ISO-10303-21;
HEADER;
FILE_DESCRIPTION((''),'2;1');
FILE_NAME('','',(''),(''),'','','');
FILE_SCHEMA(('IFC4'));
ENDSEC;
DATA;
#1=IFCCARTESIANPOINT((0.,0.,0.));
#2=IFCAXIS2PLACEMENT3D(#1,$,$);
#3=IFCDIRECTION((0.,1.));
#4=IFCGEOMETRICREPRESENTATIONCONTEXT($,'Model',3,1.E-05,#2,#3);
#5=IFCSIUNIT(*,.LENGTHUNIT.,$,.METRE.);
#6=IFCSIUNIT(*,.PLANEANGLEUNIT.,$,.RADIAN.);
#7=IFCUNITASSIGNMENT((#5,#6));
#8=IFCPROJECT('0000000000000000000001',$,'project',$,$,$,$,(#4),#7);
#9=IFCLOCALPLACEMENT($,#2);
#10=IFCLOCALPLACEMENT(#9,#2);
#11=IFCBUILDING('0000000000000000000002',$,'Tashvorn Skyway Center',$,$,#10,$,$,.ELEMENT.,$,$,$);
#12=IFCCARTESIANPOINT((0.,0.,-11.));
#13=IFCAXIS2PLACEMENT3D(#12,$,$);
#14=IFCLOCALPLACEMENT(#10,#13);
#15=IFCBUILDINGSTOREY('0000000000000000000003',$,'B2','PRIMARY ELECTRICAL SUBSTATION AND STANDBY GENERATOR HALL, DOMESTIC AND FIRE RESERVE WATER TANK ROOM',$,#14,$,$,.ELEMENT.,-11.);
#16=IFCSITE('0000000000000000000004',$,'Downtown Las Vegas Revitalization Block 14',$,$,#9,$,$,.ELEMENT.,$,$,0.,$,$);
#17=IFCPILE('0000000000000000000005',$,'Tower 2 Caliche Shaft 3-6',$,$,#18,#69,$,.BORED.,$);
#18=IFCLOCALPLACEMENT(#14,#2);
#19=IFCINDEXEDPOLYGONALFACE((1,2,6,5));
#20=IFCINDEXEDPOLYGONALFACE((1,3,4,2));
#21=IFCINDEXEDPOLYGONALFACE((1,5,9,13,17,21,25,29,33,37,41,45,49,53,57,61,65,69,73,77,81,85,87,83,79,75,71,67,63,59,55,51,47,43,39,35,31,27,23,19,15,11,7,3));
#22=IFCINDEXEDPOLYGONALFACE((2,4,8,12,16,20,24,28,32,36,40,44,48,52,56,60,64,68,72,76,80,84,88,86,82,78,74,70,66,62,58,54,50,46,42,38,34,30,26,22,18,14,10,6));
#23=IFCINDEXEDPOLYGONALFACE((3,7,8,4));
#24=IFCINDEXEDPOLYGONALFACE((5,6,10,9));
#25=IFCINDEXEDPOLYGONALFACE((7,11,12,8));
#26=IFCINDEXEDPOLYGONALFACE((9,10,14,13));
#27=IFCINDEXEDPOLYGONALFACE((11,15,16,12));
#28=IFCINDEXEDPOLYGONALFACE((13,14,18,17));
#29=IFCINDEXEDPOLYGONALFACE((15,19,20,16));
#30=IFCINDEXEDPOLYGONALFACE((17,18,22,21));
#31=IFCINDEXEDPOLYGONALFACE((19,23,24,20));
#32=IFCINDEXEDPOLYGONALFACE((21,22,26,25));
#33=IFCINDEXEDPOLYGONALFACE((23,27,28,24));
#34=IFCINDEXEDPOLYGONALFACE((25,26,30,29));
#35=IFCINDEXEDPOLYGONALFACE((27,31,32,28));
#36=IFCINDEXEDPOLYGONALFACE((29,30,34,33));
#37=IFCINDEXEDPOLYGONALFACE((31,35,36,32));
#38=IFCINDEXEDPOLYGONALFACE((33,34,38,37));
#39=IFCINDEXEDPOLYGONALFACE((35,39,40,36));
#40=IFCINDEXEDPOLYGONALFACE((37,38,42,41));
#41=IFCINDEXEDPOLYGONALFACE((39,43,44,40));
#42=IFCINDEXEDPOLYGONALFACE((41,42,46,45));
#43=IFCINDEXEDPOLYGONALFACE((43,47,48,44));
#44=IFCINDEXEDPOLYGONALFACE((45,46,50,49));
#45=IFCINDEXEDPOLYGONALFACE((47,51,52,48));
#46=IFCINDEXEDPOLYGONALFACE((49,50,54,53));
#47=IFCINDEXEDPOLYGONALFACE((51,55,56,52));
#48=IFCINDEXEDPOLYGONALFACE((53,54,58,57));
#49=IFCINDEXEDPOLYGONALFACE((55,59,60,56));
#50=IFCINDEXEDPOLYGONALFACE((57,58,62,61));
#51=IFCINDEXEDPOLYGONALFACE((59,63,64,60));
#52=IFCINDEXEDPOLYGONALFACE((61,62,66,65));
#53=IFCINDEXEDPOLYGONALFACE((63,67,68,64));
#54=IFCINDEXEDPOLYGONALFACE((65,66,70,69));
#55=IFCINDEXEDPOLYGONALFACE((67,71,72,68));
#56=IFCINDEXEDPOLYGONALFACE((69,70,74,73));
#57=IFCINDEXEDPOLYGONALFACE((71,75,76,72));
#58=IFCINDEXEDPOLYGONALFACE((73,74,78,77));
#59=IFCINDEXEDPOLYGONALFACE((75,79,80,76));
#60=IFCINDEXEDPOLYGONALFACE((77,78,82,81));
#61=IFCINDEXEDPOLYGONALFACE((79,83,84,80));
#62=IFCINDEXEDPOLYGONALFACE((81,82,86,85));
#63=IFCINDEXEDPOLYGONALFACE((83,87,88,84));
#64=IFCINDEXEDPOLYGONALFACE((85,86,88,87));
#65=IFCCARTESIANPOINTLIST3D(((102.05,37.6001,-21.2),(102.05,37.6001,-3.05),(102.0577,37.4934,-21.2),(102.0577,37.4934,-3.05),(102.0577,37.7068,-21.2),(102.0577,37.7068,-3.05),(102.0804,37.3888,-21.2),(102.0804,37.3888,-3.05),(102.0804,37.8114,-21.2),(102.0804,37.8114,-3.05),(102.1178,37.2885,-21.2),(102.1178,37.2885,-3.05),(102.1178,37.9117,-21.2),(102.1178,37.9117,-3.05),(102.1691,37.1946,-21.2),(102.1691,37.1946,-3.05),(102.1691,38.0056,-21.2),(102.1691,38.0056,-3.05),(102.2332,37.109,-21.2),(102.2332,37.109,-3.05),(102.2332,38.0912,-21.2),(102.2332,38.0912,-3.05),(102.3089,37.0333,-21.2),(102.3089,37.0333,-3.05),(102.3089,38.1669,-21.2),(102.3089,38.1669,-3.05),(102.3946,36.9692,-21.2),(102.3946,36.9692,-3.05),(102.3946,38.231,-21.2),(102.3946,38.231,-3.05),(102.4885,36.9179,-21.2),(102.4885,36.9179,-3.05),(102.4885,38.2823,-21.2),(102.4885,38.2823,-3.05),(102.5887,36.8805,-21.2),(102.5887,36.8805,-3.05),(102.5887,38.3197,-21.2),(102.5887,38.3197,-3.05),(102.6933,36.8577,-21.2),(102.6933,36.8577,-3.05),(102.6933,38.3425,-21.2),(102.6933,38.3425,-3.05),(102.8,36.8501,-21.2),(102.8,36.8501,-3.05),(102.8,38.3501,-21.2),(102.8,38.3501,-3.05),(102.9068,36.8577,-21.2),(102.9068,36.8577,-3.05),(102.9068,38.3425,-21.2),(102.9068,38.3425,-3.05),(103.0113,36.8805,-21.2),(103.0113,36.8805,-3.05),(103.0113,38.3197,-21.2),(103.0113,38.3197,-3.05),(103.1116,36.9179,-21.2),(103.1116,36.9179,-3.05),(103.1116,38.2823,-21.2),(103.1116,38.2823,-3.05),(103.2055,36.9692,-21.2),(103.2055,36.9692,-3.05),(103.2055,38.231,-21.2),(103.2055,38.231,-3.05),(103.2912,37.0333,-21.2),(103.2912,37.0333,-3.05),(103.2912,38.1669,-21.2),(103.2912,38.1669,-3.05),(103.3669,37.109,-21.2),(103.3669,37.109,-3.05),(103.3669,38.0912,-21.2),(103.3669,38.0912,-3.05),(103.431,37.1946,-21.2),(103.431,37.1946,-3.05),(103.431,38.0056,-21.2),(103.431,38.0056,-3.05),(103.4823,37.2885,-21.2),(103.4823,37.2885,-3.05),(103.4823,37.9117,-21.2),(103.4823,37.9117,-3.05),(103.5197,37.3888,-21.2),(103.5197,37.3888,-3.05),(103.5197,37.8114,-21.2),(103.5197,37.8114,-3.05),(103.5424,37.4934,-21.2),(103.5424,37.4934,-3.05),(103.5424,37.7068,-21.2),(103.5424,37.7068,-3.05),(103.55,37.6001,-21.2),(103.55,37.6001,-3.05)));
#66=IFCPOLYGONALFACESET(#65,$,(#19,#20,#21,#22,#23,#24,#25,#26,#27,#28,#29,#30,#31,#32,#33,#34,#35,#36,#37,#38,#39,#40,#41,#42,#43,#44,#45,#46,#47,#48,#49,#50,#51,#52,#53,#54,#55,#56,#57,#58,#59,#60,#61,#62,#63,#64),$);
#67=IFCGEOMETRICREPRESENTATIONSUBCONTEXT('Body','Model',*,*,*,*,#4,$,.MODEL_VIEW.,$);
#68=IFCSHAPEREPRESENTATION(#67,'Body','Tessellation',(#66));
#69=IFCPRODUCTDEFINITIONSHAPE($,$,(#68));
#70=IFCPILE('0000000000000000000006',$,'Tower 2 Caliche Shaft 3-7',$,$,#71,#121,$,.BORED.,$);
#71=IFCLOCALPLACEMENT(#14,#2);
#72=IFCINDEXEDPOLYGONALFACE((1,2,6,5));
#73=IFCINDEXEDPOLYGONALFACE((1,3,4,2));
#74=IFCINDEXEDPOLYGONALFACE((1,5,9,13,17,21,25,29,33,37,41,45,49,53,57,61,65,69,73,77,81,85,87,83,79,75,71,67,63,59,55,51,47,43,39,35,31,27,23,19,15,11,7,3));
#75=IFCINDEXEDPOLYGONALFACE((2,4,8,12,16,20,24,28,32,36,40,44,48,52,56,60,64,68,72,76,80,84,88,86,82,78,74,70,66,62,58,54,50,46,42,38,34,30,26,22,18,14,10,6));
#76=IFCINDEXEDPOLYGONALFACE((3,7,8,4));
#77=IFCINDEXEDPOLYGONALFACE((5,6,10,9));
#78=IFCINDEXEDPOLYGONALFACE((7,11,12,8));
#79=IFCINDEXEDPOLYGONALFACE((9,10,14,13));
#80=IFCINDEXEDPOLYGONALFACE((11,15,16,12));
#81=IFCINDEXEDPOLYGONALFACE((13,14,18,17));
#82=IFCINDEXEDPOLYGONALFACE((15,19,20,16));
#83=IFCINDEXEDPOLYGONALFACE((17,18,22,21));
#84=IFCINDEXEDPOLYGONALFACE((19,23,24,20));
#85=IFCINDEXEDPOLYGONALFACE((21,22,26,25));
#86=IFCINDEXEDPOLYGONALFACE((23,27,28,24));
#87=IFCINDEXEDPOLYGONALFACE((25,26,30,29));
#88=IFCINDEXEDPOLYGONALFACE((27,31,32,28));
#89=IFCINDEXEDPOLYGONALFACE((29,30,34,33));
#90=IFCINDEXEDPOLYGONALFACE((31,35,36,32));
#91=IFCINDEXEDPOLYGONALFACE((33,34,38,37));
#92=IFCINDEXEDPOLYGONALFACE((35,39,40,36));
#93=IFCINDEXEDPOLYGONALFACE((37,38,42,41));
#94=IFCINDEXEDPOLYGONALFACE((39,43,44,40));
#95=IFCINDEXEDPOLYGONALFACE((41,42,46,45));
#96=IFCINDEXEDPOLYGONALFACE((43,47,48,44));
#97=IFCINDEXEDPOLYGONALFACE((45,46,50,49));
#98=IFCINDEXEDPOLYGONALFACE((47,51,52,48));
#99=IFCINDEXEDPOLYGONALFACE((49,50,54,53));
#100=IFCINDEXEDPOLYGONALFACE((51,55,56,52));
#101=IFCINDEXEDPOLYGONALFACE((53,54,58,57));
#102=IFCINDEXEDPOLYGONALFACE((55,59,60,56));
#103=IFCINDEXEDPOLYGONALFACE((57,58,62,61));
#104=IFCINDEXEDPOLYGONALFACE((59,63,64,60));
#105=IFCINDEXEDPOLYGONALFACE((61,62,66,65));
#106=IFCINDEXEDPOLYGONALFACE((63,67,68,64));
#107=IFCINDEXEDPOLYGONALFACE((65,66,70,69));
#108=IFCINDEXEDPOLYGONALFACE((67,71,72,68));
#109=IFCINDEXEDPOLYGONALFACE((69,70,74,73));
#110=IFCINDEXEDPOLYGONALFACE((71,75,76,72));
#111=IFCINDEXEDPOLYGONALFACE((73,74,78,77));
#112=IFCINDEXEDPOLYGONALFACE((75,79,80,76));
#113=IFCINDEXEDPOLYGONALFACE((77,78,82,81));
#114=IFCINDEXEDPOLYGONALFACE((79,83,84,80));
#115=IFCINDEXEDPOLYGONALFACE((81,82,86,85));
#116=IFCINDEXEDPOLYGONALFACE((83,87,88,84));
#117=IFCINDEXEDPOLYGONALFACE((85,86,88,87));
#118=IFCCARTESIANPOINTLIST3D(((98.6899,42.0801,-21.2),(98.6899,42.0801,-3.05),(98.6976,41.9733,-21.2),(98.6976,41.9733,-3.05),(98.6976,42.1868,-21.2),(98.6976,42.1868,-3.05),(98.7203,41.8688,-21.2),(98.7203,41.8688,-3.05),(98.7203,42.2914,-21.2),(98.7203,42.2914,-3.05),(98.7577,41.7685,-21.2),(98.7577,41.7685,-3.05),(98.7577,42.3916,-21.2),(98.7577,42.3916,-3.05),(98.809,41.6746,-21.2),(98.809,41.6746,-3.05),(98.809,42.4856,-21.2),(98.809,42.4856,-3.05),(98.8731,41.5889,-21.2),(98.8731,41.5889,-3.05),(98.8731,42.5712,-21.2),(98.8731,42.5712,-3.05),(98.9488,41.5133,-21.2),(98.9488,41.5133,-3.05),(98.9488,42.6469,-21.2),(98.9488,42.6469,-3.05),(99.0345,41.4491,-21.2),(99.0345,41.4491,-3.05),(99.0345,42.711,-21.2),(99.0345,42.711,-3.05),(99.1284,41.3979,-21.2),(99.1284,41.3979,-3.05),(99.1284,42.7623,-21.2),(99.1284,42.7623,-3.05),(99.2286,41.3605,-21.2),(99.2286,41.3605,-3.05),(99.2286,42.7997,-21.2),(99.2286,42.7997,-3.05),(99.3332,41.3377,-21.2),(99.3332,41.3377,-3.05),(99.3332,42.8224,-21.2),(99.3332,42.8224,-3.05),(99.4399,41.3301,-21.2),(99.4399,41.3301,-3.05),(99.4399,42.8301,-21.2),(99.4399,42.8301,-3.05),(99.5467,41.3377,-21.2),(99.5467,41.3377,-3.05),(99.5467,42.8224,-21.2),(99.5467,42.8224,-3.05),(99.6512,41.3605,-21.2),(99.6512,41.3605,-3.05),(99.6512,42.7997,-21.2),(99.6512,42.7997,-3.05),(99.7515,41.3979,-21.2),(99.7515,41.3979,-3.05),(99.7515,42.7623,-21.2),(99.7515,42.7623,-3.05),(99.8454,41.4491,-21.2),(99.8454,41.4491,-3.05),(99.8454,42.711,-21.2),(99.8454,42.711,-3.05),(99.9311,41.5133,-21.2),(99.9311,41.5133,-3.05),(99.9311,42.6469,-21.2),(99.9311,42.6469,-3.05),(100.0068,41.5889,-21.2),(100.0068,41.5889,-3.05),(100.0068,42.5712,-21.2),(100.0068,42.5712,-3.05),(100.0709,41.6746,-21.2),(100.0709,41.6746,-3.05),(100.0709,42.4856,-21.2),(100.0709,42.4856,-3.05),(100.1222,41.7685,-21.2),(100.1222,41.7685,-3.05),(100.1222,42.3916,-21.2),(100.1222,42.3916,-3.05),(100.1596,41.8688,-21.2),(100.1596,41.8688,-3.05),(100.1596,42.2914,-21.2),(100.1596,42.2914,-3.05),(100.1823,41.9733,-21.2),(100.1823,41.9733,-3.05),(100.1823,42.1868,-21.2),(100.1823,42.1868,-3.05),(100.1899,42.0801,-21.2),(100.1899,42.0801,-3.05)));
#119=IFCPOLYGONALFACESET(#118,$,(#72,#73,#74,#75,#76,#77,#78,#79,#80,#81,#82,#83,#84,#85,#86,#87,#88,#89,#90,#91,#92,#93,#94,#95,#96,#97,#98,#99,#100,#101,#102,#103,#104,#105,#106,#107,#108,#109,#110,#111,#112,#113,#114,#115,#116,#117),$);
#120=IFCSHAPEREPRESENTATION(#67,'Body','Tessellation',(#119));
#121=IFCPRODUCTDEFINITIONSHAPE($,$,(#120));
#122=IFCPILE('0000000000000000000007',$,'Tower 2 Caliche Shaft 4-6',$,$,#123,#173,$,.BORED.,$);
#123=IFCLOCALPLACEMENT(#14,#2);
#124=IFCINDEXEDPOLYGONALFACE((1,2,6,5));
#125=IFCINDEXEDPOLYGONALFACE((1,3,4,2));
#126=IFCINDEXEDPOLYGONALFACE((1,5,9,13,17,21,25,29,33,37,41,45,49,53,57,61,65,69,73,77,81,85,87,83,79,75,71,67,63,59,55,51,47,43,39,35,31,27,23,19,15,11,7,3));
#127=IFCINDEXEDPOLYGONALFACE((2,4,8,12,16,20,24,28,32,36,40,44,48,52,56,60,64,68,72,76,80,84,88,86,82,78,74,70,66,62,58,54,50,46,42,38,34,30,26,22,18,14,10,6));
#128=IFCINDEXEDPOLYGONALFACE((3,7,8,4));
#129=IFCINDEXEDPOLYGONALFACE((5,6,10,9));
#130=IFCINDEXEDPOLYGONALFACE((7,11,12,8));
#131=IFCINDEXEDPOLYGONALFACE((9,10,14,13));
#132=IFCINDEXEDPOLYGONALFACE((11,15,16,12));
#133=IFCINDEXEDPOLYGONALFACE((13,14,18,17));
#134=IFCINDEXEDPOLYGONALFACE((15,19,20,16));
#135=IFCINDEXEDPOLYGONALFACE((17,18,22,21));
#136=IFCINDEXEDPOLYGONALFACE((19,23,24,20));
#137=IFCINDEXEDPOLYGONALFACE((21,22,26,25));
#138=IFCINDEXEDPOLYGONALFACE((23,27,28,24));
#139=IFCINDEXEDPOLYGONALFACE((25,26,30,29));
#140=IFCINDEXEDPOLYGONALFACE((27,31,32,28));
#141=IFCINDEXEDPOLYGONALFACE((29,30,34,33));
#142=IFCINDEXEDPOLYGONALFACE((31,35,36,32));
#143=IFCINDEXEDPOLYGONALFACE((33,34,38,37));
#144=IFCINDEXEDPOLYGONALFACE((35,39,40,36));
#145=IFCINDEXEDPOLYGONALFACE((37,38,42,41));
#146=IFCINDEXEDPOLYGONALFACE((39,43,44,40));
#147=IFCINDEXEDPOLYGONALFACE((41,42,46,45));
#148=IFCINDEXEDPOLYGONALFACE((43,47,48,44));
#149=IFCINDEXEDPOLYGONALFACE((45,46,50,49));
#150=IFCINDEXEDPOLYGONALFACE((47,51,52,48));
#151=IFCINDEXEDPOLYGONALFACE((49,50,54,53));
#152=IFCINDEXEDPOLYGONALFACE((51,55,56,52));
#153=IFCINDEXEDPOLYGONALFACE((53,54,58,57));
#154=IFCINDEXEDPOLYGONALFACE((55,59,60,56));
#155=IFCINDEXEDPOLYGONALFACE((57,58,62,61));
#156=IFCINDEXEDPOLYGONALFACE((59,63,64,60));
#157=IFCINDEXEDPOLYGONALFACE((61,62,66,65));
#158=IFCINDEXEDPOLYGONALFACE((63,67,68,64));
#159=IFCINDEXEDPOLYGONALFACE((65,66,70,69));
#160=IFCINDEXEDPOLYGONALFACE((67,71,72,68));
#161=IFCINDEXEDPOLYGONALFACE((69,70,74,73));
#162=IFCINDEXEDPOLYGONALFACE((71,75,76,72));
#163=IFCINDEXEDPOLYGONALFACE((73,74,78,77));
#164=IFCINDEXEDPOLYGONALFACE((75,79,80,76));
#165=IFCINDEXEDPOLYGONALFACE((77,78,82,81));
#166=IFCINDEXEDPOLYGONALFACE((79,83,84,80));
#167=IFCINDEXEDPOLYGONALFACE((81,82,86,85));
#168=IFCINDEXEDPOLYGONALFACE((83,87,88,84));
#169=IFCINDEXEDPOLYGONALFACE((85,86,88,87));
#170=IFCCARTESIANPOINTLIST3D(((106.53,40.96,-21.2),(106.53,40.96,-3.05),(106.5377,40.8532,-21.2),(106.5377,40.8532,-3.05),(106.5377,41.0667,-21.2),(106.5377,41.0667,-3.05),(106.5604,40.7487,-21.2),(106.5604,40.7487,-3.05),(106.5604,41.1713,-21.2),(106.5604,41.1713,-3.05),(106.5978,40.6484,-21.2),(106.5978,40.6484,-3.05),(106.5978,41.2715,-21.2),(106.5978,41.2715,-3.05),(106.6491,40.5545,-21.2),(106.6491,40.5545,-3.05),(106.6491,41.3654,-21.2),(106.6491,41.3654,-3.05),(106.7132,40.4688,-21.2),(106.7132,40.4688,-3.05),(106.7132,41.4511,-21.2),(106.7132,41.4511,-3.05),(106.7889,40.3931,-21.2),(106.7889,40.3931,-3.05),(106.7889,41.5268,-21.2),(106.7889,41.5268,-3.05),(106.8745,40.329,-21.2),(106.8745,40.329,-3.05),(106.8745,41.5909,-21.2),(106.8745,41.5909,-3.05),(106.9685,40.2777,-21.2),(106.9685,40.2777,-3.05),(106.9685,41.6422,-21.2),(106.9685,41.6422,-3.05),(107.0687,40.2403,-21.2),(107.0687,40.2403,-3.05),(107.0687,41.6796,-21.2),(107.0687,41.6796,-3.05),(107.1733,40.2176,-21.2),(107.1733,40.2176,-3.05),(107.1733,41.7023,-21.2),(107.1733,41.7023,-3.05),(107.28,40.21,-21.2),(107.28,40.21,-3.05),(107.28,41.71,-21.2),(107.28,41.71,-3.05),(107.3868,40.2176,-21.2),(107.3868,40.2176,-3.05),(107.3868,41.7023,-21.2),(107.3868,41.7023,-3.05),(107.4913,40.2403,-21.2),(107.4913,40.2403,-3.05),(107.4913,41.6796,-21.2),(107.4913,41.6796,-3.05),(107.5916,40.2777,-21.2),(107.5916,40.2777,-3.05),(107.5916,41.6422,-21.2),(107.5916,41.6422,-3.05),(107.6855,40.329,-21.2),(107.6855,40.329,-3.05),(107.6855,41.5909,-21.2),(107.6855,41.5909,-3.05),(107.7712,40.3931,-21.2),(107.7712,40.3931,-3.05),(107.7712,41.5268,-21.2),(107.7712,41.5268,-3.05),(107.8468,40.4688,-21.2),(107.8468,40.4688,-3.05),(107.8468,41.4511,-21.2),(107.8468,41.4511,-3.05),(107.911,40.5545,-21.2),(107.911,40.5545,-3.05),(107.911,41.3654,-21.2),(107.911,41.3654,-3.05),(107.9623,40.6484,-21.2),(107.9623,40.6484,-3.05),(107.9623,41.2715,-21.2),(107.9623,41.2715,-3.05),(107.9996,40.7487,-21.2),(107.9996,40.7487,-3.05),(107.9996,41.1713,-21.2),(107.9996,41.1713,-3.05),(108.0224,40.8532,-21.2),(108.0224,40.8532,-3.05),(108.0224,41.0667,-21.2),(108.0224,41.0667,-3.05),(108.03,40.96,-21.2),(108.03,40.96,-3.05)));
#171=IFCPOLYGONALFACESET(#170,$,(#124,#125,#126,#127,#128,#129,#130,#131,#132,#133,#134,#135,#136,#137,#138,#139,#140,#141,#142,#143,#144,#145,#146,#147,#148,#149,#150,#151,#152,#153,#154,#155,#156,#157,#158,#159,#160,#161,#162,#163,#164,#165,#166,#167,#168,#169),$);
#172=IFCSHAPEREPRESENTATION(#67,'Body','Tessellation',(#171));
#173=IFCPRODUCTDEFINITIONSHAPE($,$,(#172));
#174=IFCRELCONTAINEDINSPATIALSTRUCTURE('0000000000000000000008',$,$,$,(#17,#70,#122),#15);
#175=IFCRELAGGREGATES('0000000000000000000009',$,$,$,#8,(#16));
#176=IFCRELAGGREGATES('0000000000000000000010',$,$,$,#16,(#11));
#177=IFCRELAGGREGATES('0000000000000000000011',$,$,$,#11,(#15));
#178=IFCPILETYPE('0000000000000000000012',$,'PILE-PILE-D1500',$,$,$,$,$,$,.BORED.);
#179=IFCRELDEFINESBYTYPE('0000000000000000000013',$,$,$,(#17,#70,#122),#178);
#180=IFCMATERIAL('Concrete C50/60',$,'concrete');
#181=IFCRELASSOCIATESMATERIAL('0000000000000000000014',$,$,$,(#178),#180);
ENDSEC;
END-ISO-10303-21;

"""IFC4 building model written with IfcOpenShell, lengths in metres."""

from ifc_helpers import new_model, si_unit, direction, frame, origin, origin_2d, place, context, subcontext, project, spatial, circle, extrude, material, material_profile, profile_set, type_object, element, save


model = new_model("IFC4")

# Units and contexts
model_context = context("Model", 3, precision=1e-05, world=origin(), true_north=direction((0.0, 1.0)))
body_context = subcontext(model_context, "Body", "Model", "MODEL_VIEW")
ifc_project = project(units=[si_unit("LENGTHUNIT", "METRE"), si_unit("PLANEANGLEUNIT", "RADIAN")], contexts=[model_context])

# Site, building, storey
site_placement = place(None, origin())
site = spatial("IfcSite", under=ifc_project, at=site_placement, Name="Downtown Las Vegas Revitalization Block 14", CompositionType="ELEMENT", RefElevation=0.0)
building_placement = place(site_placement, origin())
building = spatial("IfcBuilding", under=site, at=building_placement, Name="Tashvorn Skyway Center", CompositionType="ELEMENT")
storey_placement = place(building_placement, frame((0.0, 0.0, -11.0)))
storey = spatial("IfcBuildingStorey", under=building, at=storey_placement, Name="B2", Description="PRIMARY ELECTRICAL SUBSTATION AND STANDBY GENERATOR HALL, DOMESTIC AND FIRE RESERVE WATER TANK ROOM", CompositionType="ELEMENT", Elevation=-11.0)

# Piles
ifc_material_1 = material(Name="Concrete C50/60", Category="concrete")
ifc_material_profile_1 = material_profile(ifc_material_1, circle(Radius=0.75, at=origin_2d()), Name="PILE-D1500")
ifc_profile_set_1 = profile_set([ifc_material_profile_1], Name="Concrete C50/60")
pile_type = type_object("IfcPileType", Name="PILE-PILE-D1500", PredefinedType="BORED", material=ifc_profile_set_1)
for number, where, z_axis, x_axis, name in (
    (1, (102.8, 37.6001, -3.05), (0.0, 0.0, -1.0), (1.0, 0.0, 0.0), "Tower 2 Caliche Shaft 3-6"),
    (2, (99.4399, 42.0801, -3.05), (0.0, 0.0, -1.0), (1.0, 0.0, 0.0), "Tower 2 Caliche Shaft 3-7"),
    (3, (107.28, 40.96, -3.05), (0.0, 0.0, -1.0), (1.0, 0.0, 0.0), "Tower 2 Caliche Shaft 4-6"),
):
    element("IfcPile", number, at=place(storey_placement, frame(where, z_axis=z_axis, x_axis=x_axis)), inside=storey, type_object=pile_type, Name=name, PredefinedType="BORED", context=body_context, shape_type="SweptSolid", body=[
        extrude(circle(Radius=0.75, at=origin_2d()), origin(), (0.0, 0.0, 1.0), 18.1499),
    ])

save(model, "model.ifc")
